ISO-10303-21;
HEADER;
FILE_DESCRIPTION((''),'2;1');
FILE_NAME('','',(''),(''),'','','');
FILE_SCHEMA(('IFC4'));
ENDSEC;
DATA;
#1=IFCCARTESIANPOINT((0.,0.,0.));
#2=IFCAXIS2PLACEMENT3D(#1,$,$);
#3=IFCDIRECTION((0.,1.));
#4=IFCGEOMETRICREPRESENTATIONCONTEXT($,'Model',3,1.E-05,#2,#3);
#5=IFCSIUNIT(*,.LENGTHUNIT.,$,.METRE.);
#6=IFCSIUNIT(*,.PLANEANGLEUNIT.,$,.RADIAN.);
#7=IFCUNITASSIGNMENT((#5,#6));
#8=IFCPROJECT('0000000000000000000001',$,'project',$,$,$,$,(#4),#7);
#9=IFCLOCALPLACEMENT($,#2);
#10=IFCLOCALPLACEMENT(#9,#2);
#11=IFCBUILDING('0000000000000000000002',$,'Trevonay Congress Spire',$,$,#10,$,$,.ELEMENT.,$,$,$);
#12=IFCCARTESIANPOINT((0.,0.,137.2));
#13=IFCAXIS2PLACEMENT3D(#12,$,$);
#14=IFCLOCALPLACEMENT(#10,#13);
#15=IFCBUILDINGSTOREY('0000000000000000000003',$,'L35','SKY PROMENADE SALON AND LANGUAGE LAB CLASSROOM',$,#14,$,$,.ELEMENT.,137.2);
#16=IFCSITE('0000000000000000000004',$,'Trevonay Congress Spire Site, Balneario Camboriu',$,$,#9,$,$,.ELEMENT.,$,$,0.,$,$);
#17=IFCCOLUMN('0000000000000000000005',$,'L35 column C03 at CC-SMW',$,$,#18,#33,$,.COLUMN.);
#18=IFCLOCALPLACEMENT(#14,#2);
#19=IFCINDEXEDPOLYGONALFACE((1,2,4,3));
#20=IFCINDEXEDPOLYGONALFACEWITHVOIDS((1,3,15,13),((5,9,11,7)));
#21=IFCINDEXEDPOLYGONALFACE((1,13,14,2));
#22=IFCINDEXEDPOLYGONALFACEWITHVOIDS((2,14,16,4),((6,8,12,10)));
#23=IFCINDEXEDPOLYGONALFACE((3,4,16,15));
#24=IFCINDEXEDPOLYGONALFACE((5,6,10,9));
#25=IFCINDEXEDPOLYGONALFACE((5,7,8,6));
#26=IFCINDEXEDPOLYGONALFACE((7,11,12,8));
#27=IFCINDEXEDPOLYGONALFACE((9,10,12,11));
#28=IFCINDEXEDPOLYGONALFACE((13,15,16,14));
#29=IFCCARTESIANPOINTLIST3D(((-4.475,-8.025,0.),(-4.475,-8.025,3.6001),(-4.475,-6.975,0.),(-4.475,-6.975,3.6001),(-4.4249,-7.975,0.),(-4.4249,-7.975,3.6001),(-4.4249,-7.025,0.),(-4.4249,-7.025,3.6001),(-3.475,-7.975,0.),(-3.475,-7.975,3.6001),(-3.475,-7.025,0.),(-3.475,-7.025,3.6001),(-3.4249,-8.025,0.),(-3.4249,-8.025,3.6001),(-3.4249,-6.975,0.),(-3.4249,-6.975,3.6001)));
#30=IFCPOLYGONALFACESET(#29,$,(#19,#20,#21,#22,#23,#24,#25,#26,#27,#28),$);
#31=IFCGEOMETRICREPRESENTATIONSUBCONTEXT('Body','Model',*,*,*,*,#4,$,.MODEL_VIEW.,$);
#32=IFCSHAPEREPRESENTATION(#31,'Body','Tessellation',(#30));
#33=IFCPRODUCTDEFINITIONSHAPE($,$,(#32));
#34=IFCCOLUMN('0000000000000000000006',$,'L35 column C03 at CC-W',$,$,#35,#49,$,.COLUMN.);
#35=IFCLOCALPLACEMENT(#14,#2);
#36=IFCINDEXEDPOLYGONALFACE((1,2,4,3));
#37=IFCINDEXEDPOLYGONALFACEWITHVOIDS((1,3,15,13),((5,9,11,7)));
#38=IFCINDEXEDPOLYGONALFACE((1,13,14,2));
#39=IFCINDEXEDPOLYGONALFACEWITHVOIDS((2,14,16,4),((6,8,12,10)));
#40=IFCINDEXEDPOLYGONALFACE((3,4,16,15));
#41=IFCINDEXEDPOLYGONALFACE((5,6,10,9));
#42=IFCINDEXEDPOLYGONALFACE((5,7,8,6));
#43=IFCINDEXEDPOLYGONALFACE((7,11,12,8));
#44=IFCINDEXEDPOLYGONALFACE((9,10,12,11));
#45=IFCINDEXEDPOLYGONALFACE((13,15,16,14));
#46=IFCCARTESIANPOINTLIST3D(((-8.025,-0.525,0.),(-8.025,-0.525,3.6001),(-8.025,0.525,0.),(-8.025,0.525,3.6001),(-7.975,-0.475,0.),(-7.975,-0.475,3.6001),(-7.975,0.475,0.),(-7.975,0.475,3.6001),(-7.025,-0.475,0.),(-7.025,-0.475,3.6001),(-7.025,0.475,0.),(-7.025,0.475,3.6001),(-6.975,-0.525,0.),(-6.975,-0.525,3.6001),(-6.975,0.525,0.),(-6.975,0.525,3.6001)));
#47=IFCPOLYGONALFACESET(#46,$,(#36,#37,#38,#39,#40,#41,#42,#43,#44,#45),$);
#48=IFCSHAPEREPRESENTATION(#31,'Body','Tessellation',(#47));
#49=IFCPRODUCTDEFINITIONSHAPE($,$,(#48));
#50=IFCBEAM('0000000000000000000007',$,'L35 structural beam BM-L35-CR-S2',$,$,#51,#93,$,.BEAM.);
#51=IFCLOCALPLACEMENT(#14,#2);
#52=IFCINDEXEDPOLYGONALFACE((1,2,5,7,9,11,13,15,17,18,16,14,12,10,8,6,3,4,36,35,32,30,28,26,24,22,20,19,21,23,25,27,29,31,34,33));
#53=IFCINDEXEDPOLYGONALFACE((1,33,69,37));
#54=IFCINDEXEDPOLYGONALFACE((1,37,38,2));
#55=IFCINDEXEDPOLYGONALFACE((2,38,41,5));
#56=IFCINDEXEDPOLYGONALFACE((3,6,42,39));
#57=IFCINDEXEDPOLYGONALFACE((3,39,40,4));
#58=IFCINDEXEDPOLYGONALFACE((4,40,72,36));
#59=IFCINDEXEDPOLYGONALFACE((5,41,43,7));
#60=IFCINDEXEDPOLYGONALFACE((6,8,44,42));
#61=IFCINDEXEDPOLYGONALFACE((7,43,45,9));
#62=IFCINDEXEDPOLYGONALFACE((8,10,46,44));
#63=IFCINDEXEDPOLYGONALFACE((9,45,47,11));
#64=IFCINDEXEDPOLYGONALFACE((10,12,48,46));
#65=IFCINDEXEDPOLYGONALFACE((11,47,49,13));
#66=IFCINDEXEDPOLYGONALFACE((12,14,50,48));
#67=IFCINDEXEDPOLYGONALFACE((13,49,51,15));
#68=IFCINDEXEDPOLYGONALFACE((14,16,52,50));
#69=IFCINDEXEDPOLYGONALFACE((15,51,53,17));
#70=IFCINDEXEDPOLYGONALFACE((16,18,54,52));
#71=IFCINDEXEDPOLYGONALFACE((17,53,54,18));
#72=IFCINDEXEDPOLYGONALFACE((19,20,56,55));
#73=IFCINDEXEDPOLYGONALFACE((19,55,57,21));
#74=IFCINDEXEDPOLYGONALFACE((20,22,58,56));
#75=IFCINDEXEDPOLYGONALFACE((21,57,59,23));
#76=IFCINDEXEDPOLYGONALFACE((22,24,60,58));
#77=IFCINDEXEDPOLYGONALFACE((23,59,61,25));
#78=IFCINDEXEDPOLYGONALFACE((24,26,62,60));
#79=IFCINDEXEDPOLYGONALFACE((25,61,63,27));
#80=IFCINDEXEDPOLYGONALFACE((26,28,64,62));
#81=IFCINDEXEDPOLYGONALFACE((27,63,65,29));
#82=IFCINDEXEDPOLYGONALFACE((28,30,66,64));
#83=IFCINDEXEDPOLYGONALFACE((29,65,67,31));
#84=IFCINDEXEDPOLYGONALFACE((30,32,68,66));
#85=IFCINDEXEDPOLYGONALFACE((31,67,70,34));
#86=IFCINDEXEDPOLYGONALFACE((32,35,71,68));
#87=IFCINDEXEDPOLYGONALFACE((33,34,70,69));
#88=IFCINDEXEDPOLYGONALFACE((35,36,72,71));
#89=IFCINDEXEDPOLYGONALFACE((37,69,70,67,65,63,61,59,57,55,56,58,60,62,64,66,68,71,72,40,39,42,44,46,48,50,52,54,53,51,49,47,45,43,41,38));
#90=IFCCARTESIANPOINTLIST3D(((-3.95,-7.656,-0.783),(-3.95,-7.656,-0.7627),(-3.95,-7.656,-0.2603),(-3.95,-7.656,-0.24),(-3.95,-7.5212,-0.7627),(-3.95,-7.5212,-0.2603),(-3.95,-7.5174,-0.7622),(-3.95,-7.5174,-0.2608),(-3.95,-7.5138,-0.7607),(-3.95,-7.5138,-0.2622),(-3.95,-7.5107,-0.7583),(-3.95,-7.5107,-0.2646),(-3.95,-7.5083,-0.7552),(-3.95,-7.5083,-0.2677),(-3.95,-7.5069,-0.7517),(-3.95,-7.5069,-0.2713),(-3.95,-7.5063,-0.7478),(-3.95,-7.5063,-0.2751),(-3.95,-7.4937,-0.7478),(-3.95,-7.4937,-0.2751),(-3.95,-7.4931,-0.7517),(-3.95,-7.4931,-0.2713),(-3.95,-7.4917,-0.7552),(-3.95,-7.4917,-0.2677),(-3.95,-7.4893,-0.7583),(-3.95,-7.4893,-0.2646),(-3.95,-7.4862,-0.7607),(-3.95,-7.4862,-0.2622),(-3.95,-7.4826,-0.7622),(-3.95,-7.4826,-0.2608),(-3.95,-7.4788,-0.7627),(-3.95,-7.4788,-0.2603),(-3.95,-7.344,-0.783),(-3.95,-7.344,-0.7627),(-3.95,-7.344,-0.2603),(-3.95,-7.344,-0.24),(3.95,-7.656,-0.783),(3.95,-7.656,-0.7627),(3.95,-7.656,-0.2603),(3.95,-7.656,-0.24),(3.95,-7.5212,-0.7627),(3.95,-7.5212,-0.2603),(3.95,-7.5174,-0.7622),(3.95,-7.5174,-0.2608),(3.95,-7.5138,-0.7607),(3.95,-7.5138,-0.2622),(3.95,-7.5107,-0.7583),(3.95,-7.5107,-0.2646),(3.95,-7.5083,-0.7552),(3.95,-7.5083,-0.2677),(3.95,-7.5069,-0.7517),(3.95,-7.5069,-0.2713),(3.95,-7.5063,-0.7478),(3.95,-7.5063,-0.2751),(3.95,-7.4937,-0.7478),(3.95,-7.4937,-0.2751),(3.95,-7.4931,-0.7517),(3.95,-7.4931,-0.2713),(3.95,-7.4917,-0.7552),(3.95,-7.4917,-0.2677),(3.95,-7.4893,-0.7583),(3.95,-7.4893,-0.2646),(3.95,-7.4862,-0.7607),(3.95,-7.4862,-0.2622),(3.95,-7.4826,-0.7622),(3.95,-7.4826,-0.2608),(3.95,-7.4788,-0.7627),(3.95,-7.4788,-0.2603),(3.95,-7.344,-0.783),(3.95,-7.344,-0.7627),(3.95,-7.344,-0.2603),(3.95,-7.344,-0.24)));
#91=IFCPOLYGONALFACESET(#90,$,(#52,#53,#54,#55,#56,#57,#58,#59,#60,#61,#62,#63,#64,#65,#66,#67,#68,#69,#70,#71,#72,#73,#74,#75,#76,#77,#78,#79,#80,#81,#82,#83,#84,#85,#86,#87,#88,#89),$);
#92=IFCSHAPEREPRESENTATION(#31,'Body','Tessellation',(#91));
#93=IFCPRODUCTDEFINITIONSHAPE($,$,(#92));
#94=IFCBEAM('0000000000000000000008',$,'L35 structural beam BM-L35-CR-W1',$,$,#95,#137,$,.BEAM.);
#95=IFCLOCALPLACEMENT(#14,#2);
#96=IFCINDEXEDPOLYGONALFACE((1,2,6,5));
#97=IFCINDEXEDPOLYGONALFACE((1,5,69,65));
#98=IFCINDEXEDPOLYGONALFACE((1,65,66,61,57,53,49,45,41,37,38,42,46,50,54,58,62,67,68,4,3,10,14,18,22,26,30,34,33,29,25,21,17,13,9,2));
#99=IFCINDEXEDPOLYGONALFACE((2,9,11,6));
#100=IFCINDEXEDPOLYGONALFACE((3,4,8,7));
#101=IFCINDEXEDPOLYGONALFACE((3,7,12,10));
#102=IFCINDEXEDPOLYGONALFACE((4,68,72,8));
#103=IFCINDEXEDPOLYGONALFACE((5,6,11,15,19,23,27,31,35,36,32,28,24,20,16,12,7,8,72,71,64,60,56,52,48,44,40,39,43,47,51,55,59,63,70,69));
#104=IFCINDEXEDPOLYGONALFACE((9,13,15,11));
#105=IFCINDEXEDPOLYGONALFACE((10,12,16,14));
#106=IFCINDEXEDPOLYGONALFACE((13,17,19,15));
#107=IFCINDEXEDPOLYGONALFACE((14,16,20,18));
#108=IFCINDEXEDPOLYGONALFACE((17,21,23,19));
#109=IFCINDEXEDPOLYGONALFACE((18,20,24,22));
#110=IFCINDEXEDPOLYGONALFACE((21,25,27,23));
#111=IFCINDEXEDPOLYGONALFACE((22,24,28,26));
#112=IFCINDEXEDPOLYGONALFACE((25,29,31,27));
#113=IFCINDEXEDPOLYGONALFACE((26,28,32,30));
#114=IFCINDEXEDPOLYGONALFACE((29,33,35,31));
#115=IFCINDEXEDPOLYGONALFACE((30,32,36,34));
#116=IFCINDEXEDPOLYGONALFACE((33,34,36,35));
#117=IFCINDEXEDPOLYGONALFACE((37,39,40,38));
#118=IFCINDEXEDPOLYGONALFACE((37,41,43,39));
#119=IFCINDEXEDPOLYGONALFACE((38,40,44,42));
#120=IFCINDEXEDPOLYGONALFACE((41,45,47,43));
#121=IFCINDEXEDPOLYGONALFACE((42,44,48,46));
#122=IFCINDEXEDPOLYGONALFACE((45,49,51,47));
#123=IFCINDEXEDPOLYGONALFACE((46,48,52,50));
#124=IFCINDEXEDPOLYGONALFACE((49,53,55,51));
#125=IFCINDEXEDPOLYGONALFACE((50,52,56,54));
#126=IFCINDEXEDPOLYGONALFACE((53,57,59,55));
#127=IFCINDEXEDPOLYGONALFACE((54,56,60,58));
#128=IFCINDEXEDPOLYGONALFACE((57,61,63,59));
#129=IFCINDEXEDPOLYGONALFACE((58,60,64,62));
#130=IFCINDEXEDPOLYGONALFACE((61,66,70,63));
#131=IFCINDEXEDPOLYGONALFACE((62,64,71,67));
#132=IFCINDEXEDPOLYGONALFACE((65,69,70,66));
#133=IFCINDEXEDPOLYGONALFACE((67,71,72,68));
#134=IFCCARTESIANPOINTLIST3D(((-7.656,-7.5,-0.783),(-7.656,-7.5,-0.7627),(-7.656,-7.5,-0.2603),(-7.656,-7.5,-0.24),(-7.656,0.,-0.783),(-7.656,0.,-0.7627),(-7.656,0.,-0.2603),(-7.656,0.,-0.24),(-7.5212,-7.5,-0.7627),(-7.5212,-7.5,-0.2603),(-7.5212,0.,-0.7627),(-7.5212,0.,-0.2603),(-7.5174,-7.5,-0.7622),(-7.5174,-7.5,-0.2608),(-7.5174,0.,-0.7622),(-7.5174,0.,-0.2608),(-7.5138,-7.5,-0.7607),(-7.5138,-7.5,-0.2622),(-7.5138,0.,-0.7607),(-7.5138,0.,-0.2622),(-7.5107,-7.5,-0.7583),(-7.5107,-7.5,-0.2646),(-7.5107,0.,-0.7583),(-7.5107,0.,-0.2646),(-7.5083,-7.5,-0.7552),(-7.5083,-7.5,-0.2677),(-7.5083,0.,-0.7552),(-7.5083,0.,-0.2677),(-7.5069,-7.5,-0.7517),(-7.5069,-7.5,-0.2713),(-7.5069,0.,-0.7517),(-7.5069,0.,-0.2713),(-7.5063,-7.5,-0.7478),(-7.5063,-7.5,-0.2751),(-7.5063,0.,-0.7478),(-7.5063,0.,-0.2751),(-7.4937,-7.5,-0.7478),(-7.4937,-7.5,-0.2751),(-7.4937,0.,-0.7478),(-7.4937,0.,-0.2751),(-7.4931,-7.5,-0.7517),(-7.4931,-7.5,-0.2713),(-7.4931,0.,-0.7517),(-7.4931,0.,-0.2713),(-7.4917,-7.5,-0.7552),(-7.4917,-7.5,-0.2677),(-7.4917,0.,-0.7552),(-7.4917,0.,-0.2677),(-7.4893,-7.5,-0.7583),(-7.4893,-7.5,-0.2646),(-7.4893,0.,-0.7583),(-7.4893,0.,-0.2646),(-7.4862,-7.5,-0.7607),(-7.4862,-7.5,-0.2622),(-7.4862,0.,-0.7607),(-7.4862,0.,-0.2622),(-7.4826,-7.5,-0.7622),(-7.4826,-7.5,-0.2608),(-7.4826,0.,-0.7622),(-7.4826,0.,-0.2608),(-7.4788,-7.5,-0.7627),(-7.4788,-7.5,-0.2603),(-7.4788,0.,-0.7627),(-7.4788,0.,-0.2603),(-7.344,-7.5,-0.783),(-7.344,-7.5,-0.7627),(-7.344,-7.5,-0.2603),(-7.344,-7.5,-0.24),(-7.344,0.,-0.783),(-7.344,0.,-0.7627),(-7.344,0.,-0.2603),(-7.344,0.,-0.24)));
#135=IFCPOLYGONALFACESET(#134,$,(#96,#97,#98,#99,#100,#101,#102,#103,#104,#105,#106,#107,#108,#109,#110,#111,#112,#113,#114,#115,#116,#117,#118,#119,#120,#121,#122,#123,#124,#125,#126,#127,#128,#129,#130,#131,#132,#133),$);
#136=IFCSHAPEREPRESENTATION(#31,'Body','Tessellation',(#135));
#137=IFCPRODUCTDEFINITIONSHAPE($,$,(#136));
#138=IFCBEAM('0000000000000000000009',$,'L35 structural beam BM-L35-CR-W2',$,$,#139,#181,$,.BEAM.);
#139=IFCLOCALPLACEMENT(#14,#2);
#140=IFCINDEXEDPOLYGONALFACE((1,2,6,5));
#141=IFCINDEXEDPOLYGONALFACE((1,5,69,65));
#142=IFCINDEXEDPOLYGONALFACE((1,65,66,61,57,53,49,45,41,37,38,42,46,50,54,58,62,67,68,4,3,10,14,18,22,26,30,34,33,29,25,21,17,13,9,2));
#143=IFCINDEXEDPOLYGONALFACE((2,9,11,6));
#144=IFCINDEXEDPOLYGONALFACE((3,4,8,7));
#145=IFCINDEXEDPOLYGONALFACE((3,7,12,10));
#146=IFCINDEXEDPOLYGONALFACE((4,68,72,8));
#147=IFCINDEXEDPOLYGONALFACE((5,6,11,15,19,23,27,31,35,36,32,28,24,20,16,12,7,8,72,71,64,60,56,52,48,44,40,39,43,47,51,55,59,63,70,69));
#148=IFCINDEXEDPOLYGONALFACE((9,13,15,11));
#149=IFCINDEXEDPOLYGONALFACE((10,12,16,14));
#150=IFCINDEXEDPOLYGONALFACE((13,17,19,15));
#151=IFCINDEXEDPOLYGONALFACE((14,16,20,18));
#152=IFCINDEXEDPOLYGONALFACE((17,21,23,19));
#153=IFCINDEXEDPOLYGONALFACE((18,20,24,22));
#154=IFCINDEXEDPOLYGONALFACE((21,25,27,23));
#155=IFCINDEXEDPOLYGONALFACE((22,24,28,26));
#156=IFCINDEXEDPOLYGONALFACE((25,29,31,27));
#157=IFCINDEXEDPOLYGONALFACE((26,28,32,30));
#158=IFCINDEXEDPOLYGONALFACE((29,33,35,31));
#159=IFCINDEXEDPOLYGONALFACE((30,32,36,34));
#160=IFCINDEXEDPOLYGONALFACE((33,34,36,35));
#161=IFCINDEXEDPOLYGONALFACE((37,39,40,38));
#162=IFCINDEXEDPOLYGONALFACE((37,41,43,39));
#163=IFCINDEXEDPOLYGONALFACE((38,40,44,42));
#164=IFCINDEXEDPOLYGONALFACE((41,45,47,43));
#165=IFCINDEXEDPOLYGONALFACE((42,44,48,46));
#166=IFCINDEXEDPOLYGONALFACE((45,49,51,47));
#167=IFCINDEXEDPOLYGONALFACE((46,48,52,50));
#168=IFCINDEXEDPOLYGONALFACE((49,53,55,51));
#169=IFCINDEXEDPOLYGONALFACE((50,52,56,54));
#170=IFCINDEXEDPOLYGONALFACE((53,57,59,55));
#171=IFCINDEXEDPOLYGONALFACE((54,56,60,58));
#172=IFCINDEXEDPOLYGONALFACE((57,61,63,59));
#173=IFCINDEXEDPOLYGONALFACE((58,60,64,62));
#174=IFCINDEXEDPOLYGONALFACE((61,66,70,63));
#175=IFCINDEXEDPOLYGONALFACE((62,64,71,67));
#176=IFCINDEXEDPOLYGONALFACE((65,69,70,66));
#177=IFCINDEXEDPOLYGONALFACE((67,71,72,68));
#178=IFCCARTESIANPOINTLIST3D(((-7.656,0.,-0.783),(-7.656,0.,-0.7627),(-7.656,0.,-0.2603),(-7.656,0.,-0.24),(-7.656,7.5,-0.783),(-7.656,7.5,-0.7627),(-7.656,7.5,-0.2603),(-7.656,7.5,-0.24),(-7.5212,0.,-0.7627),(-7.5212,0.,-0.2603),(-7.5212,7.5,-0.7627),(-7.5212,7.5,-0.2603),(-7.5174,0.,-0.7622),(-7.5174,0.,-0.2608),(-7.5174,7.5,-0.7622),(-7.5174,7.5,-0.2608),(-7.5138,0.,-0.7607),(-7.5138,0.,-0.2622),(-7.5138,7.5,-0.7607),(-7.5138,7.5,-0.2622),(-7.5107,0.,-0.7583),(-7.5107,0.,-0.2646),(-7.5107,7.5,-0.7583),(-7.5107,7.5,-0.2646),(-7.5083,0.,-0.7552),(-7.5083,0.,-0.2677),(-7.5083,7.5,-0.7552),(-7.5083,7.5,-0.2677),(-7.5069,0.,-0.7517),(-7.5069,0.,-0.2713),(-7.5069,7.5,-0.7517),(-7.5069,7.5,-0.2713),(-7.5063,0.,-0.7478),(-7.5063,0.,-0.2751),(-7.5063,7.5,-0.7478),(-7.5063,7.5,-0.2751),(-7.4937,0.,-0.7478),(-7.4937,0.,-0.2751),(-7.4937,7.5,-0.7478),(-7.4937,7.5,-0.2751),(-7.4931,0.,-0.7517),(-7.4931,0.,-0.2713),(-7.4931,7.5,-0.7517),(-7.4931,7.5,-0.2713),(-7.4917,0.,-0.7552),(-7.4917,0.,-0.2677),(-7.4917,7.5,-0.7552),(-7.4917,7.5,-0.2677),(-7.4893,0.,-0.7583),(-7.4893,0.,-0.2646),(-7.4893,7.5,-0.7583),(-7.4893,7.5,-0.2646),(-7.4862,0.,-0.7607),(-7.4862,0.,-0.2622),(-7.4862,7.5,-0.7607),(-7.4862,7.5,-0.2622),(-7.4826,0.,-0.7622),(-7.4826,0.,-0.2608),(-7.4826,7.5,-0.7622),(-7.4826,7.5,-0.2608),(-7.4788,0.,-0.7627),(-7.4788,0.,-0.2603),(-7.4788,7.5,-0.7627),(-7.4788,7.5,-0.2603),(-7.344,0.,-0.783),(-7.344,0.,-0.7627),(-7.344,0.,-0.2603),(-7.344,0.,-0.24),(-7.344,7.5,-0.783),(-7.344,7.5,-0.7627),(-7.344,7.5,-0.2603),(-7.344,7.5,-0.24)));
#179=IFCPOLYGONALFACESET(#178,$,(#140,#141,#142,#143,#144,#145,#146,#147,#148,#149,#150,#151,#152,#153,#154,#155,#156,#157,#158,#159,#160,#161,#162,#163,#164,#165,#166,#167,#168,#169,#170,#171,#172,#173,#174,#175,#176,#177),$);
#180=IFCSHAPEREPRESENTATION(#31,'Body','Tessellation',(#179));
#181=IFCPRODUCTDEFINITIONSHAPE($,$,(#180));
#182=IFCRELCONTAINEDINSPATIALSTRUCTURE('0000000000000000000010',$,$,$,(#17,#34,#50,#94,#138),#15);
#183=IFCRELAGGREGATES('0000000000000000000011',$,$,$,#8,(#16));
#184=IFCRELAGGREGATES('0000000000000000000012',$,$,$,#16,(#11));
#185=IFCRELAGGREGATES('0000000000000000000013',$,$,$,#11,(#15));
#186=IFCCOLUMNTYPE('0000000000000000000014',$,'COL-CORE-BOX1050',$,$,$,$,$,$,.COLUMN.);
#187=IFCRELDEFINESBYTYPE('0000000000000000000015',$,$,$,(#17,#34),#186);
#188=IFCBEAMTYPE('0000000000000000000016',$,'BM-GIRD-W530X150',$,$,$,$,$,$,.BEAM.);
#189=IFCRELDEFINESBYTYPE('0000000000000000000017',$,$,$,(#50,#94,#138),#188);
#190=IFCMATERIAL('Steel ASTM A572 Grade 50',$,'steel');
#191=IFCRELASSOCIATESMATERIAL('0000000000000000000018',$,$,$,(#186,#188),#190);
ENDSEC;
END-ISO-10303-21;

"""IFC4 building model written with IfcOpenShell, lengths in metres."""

from ifc_helpers import new_model, si_unit, direction, frame, origin, origin_2d, place, context, subcontext, project, spatial, hollow_rectangle, i_section, extrude, material, material_profile, profile_set, type_object, element, save


model = new_model("IFC4")

# Units and contexts
model_context = context("Model", 3, precision=1e-05, world=origin(), true_north=direction((0.0, 1.0)))
body_context = subcontext(model_context, "Body", "Model", "MODEL_VIEW")
ifc_project = project(units=[si_unit("LENGTHUNIT", "METRE"), si_unit("PLANEANGLEUNIT", "RADIAN")], contexts=[model_context])

# Site, building, storey
site_placement = place(None, origin())
site = spatial("IfcSite", under=ifc_project, at=site_placement, Name="Trevonay Congress Spire Site, Balneario Camboriu", CompositionType="ELEMENT", RefElevation=0.0)
building_placement = place(site_placement, origin())
building = spatial("IfcBuilding", under=site, at=building_placement, Name="Trevonay Congress Spire", CompositionType="ELEMENT")
storey_placement = place(building_placement, frame((0.0, 0.0, 137.2)))
storey = spatial("IfcBuildingStorey", under=building, at=storey_placement, Name="L35", Description="SKY PROMENADE SALON AND LANGUAGE LAB CLASSROOM", CompositionType="ELEMENT", Elevation=137.2)

# Columns
ifc_material_1 = material(Name="Steel ASTM A572 Grade 50", Category="steel")
ifc_material_profile_1 = material_profile(ifc_material_1, hollow_rectangle(XDim=1.05, YDim=1.05, WallThickness=0.05, at=origin_2d()), Name="BOX 1050x1050x50")
ifc_profile_set_1 = profile_set([ifc_material_profile_1], Name="Steel ASTM A572 Grade 50")
column_type = type_object("IfcColumnType", Name="COL-CORE-BOX1050", PredefinedType="COLUMN", material=ifc_profile_set_1)
for number, where, z_axis, x_axis, name in (
    (1, (-3.95, -7.5, 0.0), (0.0, 0.0, 1.0), (1.0, 0.0, 0.0), "L35 column C03 at CC-SMW"),
    (2, (-7.5, 0.0, 0.0), (0.0, 0.0, 1.0), (1.0, 0.0, 0.0), "L35 column C03 at CC-W"),
):
    element("IfcColumn", number, at=place(storey_placement, frame(where, z_axis=z_axis, x_axis=x_axis)), inside=storey, type_object=column_type, Name=name, PredefinedType="COLUMN", context=body_context, shape_type="SweptSolid", body=[
        extrude(hollow_rectangle(XDim=1.05, YDim=1.05, WallThickness=0.05, at=origin_2d()), origin(), (0.0, 0.0, 1.0), 3.6001),
    ])

# Beams
ifc_material_profile_2 = material_profile(ifc_material_1, i_section(OverallWidth=0.312, OverallDepth=0.543, WebThickness=0.0127, FlangeThickness=0.0203, FilletRadius=0.0149, at=origin_2d()), Name="W530x150")
ifc_profile_set_2 = profile_set([ifc_material_profile_2], Name="Steel ASTM A572 Grade 50")
beam_type_1 = type_object("IfcBeamType", Name="BM-GIRD-W530X150", PredefinedType="BEAM", material=ifc_profile_set_2)
beam_1_placement = place(storey_placement, frame((-3.95, -7.5, -0.5115), z_axis=(1.0, 0.0, 0.0), x_axis=(0.0, 1.0, 0.0)))
element("IfcBeam", 3, at=beam_1_placement, inside=storey, type_object=beam_type_1, Name="L35 structural beam BM-L35-CR-S2", PredefinedType="BEAM", context=body_context, shape_type="SweptSolid", body=[
    extrude(i_section(OverallWidth=0.312, OverallDepth=0.543, WebThickness=0.0127, FlangeThickness=0.0203, FilletRadius=0.0149, at=origin_2d()), origin(), (0.0, 0.0, 1.0), 7.8999),
])
for number, where, z_axis, x_axis, name in (
    (4, (-7.5, -7.5, -0.5115), (0.0, 1.0, 0.0), (-1.0, 0.0, 0.0), "L35 structural beam BM-L35-CR-W1"),
    (5, (-7.5, 0.0, -0.5115), (0.0, 1.0, 0.0), (-1.0, 0.0, 0.0), "L35 structural beam BM-L35-CR-W2"),
):
    element("IfcBeam", number, at=place(storey_placement, frame(where, z_axis=z_axis, x_axis=x_axis)), inside=storey, type_object=beam_type_1, Name=name, PredefinedType="BEAM", context=body_context, shape_type="SweptSolid", body=[
        extrude(i_section(OverallWidth=0.312, OverallDepth=0.543, WebThickness=0.0127, FlangeThickness=0.0203, FilletRadius=0.0149, at=origin_2d()), origin(), (0.0, 0.0, 1.0), 7.5),
    ])

save(model, "model.ifc")
